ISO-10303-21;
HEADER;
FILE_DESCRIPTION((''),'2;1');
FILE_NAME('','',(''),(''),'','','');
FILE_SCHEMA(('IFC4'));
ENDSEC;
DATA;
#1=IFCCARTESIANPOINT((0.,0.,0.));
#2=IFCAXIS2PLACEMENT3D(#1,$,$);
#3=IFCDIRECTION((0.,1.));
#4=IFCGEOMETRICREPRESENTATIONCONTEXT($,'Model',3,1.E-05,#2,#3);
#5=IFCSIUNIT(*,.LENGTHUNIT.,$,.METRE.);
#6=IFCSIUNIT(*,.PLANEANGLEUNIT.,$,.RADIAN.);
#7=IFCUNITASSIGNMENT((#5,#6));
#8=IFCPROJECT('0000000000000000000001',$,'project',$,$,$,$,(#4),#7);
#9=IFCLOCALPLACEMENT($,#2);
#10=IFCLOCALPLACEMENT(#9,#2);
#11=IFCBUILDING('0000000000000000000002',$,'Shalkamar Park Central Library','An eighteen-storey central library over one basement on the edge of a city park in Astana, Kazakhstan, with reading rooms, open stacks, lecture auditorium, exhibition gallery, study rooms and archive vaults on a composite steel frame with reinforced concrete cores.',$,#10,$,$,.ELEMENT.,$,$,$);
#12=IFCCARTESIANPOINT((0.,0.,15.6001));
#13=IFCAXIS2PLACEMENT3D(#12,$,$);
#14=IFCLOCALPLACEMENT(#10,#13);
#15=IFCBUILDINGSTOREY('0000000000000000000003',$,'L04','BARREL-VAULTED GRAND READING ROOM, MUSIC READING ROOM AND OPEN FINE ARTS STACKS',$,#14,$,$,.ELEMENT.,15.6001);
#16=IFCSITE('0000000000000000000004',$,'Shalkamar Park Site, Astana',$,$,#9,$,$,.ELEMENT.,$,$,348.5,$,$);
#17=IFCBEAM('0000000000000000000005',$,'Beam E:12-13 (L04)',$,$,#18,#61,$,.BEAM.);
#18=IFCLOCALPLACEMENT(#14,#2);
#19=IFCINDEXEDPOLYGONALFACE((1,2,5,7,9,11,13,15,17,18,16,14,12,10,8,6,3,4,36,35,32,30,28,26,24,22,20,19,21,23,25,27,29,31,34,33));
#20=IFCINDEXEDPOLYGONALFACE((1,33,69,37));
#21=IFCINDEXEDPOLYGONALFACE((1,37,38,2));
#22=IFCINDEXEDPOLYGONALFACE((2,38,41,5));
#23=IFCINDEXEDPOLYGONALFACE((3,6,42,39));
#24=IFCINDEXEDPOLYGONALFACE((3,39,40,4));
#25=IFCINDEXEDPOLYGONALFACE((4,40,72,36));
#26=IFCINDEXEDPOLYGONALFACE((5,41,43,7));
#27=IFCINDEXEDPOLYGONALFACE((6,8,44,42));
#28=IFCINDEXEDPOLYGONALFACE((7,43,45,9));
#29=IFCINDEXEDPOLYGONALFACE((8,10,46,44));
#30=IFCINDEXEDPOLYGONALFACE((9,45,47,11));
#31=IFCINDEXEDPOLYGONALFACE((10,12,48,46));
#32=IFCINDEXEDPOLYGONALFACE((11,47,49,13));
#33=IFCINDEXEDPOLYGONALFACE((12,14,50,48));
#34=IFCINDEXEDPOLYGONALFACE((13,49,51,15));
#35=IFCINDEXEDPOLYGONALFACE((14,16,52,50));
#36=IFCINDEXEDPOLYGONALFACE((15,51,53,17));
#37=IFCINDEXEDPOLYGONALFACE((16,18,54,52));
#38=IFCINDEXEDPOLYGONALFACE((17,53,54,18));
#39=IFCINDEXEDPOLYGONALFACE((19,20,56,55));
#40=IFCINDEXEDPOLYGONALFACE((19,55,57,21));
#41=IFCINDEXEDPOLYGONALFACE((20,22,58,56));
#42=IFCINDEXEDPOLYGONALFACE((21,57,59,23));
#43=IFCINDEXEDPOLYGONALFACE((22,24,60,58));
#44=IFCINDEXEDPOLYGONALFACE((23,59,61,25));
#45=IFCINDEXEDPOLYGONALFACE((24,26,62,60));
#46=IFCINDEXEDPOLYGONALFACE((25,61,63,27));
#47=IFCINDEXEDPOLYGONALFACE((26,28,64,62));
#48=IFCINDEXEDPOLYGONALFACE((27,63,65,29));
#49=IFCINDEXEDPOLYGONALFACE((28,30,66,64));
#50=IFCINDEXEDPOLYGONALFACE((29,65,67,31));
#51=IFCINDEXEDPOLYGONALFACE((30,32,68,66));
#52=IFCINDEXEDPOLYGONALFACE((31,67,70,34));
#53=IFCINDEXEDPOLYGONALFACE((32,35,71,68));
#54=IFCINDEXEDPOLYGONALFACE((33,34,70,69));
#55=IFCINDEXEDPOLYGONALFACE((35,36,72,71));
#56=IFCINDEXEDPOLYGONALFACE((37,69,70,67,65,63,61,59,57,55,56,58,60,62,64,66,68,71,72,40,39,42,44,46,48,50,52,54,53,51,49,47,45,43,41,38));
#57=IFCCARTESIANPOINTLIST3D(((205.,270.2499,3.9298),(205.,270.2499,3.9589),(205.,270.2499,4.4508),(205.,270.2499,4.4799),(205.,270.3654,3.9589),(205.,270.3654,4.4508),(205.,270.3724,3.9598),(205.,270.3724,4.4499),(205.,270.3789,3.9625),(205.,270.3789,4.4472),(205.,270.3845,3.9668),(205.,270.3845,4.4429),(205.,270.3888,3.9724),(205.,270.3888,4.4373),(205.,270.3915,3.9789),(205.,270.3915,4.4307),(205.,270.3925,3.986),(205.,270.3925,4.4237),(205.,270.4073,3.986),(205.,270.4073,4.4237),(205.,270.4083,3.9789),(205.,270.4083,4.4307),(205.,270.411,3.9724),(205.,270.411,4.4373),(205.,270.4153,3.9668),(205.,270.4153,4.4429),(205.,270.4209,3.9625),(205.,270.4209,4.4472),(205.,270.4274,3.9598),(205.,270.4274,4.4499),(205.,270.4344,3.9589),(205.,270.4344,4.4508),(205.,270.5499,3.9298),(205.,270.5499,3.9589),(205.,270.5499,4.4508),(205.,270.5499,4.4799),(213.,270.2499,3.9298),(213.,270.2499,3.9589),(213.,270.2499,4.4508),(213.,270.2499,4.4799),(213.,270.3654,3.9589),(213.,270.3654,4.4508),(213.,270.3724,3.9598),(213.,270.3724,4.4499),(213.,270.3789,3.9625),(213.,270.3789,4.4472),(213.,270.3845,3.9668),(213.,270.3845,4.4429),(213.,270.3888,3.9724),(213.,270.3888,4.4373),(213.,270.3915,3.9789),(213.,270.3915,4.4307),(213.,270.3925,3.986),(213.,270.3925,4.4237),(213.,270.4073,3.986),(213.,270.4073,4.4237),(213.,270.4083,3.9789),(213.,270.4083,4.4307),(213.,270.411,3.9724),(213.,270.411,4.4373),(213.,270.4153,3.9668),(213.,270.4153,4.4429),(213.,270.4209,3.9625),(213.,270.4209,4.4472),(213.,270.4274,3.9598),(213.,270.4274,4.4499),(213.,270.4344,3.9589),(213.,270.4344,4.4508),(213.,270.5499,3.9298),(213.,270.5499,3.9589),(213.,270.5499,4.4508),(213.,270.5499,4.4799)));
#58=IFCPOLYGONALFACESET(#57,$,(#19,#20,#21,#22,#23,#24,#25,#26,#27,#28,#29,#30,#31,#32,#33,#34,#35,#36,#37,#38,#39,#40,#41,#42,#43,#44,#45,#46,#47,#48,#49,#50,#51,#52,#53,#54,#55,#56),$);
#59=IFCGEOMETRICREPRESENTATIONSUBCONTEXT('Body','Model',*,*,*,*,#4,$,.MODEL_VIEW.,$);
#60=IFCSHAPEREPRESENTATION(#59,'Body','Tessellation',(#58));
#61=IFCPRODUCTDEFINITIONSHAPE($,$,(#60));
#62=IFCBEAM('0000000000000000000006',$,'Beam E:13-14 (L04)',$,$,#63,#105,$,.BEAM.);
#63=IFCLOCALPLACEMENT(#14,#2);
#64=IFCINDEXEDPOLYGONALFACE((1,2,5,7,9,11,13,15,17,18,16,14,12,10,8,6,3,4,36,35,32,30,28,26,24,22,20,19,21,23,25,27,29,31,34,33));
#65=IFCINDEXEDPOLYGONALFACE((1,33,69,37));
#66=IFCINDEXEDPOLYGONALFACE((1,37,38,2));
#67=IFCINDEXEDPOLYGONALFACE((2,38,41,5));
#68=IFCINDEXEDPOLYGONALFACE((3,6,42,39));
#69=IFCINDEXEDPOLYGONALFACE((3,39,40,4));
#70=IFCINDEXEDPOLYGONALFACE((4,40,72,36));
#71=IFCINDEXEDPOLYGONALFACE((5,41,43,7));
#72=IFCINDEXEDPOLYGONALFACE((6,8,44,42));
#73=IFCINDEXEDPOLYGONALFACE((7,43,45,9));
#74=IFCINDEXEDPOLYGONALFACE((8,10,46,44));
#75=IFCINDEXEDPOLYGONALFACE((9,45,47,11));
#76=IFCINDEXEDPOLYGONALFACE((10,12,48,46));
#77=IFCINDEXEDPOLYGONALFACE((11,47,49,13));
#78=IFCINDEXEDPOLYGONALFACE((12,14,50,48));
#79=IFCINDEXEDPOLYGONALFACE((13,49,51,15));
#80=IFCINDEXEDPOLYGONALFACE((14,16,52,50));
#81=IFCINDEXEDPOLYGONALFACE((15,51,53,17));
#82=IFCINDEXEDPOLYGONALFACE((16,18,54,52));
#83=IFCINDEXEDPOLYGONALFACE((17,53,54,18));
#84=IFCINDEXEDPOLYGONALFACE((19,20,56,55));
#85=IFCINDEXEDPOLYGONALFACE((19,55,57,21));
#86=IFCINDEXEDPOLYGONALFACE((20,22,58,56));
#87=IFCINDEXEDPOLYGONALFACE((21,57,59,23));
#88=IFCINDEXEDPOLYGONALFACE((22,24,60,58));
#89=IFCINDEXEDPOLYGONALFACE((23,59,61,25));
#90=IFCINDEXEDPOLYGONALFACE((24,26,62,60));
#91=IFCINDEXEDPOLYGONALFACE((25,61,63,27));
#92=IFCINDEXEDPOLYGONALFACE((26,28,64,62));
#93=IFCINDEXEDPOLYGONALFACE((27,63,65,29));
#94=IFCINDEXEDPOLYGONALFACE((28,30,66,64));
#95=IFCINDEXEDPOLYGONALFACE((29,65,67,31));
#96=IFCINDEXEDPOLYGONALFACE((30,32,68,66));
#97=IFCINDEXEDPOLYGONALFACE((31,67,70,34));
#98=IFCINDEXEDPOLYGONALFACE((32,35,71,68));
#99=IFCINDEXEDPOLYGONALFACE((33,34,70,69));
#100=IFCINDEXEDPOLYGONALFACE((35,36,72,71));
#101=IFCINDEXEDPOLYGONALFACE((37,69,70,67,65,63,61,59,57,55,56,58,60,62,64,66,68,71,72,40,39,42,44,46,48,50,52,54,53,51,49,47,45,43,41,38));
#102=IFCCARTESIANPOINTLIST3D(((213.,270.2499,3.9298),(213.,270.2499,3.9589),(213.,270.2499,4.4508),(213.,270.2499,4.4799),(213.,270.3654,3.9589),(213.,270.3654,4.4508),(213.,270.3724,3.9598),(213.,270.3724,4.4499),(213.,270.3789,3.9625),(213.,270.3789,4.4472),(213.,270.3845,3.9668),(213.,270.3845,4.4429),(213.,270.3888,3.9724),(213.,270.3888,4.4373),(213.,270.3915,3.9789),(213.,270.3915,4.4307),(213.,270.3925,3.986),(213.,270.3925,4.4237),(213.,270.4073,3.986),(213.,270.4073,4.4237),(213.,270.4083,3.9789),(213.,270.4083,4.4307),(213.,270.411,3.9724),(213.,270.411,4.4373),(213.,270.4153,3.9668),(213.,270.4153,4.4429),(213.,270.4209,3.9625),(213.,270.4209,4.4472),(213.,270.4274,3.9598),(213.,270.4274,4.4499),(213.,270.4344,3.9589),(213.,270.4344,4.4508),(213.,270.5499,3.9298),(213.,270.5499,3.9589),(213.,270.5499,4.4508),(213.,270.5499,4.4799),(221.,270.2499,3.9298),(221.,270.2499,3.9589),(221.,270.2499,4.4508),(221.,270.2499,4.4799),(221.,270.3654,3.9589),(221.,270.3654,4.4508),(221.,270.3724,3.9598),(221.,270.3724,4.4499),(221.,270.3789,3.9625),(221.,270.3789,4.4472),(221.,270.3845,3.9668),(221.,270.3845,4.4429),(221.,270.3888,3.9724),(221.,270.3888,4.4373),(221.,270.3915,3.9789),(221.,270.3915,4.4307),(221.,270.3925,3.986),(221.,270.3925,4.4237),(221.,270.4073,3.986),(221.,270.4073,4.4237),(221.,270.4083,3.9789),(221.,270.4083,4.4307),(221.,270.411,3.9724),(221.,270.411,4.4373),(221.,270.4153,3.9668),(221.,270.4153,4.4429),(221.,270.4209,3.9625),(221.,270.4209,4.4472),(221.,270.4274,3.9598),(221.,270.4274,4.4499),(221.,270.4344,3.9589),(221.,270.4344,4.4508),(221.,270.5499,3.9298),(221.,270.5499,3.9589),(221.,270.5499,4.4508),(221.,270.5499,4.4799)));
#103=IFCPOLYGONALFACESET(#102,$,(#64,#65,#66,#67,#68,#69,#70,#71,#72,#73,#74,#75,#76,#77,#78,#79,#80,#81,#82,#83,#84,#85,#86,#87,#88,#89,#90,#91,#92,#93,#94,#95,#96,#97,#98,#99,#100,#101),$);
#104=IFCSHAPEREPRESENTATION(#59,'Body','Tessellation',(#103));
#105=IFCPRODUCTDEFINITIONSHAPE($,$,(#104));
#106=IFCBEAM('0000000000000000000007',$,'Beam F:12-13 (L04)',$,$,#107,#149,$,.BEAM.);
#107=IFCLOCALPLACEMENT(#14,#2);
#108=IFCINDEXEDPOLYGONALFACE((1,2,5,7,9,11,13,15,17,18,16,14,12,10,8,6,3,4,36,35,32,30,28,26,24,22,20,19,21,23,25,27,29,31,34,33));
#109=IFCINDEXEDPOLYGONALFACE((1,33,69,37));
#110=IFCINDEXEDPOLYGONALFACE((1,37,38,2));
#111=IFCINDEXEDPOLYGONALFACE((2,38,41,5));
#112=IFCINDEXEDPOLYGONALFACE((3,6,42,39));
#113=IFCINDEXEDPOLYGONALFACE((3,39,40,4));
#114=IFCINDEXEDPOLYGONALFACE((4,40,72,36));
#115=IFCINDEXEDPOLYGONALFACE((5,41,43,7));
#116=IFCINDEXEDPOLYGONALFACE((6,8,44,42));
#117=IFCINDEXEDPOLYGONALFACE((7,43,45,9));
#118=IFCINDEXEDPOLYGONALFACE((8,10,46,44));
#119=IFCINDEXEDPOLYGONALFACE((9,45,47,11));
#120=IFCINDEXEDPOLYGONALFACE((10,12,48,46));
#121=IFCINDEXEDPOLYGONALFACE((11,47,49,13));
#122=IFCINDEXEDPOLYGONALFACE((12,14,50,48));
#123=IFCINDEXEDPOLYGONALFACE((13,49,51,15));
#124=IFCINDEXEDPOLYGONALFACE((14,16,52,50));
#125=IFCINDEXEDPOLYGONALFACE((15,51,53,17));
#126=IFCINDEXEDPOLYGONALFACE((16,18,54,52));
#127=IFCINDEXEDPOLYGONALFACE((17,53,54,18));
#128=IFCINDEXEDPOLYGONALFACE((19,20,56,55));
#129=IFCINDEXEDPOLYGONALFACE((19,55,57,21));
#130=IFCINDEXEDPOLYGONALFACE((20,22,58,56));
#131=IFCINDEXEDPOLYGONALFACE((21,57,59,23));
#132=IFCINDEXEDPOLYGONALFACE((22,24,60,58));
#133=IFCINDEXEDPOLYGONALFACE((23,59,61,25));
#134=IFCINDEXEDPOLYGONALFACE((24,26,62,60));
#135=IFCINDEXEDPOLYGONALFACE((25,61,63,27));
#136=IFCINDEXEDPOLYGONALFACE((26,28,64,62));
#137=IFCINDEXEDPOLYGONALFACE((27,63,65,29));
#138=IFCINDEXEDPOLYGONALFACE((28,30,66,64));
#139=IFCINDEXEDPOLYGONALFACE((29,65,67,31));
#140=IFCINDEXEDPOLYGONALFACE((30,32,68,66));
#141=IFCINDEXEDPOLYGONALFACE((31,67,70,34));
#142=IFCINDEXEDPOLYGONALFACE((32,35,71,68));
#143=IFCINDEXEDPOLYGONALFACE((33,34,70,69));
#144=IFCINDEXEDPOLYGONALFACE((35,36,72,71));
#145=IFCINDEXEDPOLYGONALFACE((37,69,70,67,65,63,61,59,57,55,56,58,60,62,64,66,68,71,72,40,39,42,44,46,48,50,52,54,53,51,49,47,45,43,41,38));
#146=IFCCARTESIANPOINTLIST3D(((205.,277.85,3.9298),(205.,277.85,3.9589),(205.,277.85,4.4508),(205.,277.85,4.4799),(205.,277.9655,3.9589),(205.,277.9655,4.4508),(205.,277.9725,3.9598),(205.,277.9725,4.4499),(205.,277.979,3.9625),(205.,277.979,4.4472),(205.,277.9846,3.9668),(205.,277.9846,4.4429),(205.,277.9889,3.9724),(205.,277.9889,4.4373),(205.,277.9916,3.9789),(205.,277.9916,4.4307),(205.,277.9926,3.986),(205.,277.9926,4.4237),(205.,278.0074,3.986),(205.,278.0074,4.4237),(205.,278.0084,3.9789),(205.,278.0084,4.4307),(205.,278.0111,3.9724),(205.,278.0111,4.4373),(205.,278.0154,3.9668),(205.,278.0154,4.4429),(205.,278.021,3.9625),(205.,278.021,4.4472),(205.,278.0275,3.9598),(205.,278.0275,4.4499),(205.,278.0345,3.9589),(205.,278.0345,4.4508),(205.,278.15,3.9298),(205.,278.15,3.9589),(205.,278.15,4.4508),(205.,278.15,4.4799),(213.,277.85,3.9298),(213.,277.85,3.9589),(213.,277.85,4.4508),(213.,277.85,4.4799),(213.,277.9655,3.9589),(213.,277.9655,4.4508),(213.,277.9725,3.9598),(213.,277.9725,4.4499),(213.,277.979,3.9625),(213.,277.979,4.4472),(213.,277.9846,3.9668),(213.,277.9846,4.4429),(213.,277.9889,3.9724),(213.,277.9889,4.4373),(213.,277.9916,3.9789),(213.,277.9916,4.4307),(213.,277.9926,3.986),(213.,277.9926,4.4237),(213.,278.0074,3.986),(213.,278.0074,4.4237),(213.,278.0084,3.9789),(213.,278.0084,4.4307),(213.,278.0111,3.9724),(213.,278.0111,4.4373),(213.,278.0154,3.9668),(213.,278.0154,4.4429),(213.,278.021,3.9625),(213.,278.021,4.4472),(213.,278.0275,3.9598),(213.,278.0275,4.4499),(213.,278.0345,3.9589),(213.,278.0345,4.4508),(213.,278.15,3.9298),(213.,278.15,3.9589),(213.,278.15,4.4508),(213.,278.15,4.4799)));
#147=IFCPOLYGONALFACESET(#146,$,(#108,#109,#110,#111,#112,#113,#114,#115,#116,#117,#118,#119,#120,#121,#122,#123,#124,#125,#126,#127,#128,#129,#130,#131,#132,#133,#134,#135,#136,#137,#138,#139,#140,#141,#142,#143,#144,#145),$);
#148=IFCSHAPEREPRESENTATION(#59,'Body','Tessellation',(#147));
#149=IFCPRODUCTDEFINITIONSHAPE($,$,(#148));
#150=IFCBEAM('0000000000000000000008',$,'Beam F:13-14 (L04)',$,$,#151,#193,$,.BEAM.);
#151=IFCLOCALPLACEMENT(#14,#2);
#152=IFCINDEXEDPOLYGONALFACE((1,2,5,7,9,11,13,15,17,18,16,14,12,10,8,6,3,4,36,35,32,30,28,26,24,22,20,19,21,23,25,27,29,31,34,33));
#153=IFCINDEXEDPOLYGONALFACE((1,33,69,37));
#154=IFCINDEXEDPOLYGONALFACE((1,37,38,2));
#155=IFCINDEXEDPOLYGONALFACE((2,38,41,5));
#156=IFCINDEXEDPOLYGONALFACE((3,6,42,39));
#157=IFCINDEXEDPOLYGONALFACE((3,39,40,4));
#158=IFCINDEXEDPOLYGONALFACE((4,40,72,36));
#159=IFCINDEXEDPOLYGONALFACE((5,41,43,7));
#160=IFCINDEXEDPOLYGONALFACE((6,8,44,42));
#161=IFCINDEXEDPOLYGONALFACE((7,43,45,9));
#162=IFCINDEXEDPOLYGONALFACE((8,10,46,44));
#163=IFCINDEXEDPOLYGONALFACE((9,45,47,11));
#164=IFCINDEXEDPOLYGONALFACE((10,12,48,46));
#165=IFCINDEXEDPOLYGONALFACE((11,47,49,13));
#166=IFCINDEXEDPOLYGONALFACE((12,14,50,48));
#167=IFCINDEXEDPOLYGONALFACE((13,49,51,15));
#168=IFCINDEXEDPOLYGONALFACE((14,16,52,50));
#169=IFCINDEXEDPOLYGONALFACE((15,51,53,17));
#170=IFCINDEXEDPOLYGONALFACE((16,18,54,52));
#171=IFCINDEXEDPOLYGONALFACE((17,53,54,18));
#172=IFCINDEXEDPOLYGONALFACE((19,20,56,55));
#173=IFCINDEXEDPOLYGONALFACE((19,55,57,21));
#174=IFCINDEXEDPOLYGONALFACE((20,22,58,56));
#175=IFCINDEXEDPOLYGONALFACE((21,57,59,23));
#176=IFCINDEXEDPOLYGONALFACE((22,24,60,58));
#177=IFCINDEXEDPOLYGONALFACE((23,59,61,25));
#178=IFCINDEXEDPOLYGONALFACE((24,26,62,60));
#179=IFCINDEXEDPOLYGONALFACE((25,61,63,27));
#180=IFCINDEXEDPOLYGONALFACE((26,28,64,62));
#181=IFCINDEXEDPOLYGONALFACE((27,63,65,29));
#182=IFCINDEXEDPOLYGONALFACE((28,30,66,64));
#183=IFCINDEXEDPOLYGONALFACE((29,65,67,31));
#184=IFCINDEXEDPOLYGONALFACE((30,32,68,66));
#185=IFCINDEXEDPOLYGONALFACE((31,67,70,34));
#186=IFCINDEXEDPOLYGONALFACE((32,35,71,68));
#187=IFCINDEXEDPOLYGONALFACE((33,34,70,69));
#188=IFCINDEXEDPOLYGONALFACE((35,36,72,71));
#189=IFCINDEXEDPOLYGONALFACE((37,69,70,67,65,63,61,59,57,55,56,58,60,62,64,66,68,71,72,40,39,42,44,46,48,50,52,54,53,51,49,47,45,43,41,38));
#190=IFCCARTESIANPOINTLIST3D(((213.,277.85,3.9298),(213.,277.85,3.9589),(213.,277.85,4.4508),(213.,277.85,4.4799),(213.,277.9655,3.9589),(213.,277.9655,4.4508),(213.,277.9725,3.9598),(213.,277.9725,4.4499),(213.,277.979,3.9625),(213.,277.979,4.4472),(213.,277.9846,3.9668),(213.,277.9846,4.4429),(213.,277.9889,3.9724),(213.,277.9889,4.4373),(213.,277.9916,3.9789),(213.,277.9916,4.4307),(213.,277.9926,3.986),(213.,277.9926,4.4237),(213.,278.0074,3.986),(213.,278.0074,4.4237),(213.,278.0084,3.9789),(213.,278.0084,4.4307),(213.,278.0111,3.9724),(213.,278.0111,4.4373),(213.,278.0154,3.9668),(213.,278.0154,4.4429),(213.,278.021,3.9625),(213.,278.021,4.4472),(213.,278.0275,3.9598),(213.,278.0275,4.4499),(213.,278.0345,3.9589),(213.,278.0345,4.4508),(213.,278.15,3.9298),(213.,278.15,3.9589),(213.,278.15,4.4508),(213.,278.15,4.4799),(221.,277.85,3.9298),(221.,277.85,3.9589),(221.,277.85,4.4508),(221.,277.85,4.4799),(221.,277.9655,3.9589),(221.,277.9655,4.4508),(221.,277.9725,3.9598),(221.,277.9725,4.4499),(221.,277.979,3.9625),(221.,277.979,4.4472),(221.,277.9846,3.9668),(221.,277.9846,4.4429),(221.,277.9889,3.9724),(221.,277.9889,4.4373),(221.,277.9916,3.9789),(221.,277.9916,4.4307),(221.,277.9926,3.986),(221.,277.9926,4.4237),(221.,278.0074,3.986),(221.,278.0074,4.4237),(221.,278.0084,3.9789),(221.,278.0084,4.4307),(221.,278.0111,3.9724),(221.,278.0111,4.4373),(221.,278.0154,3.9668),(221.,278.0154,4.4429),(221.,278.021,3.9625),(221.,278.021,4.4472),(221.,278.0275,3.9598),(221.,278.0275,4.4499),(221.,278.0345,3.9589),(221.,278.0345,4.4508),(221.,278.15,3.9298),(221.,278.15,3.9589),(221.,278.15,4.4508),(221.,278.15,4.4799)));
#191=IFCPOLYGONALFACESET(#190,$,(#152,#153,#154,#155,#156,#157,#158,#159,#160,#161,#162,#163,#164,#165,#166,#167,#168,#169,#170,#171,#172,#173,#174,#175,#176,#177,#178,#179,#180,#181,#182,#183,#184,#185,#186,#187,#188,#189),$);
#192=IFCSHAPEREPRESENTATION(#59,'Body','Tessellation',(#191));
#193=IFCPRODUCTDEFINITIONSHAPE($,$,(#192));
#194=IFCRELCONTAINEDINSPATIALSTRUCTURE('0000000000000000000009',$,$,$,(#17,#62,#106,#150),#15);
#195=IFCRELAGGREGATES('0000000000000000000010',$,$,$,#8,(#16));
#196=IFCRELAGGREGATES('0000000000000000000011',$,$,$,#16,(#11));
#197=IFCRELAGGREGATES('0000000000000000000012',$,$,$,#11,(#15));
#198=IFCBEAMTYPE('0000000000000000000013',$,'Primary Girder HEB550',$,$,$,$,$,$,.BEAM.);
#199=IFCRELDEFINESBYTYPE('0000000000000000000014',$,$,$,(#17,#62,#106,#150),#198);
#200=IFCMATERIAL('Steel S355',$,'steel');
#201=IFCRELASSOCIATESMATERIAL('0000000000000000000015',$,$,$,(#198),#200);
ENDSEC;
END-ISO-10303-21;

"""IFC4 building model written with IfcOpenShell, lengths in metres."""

from ifc_helpers import new_model, si_unit, direction, frame, origin, origin_2d, place, context, subcontext, project, spatial, i_section, extrude, material, material_profile, profile_set, type_object, element, save


model = new_model("IFC4")

# Units and contexts
model_context = context("Model", 3, precision=1e-05, world=origin(), true_north=direction((0.0, 1.0)))
body_context = subcontext(model_context, "Body", "Model", "MODEL_VIEW")
ifc_project = project(units=[si_unit("LENGTHUNIT", "METRE"), si_unit("PLANEANGLEUNIT", "RADIAN")], contexts=[model_context])

# Site, building, storey
site_placement = place(None, origin())
site = spatial("IfcSite", under=ifc_project, at=site_placement, Name="Shalkamar Park Site, Astana", CompositionType="ELEMENT", RefElevation=348.5)
building_placement = place(site_placement, origin())
building = spatial("IfcBuilding", under=site, at=building_placement, Name="Shalkamar Park Central Library", Description="An eighteen-storey central library over one basement on the edge of a city park in Astana, Kazakhstan, with reading rooms, open stacks, lecture auditorium, exhibition gallery, study rooms and archive vaults on a composite steel frame with reinforced concrete cores.", CompositionType="ELEMENT")
storey_placement = place(building_placement, frame((0.0, 0.0, 15.6001)))
storey = spatial("IfcBuildingStorey", under=building, at=storey_placement, Name="L04", Description="BARREL-VAULTED GRAND READING ROOM, MUSIC READING ROOM AND OPEN FINE ARTS STACKS", CompositionType="ELEMENT", Elevation=15.6001)

# Shared definitions
ifc_material = material(Name="Steel S355", Category="steel")

# Beams
ifc_material_profile_1 = material_profile(ifc_material, i_section(OverallWidth=0.3, OverallDepth=0.55, WebThickness=0.0149, FlangeThickness=0.0291, FilletRadius=0.0271, at=origin_2d()), Name="HEB 550")
ifc_profile_set_1 = profile_set([ifc_material_profile_1], Name="Steel S355")
beam_type_1 = type_object("IfcBeamType", Name="Primary Girder HEB550", PredefinedType="BEAM", material=ifc_profile_set_1)
for number, where, z_axis, x_axis, name in (
    (1, (205.0, 270.3999, 4.2048), (1.0, 0.0, 0.0), (0.0, 1.0, 0.0), "Beam E:12-13 (L04)"),
    (2, (213.0, 270.3999, 4.2048), (1.0, 0.0, 0.0), (0.0, 1.0, 0.0), "Beam E:13-14 (L04)"),
    (3, (205.0, 278.0, 4.2048), (1.0, 0.0, 0.0), (0.0, 1.0, 0.0), "Beam F:12-13 (L04)"),
    (4, (213.0, 278.0, 4.2048), (1.0, 0.0, 0.0), (0.0, 1.0, 0.0), "Beam F:13-14 (L04)"),
):
    element("IfcBeam", number, at=place(storey_placement, frame(where, z_axis=z_axis, x_axis=x_axis)), inside=storey, type_object=beam_type_1, Name=name, PredefinedType="BEAM", context=body_context, shape_type="SweptSolid", body=[
        extrude(i_section(OverallWidth=0.3, OverallDepth=0.55, WebThickness=0.0149, FlangeThickness=0.0291, FilletRadius=0.0271, at=origin_2d()), origin(), (0.0, 0.0, 1.0), 8.0),
    ])

save(model, "model.ifc")
